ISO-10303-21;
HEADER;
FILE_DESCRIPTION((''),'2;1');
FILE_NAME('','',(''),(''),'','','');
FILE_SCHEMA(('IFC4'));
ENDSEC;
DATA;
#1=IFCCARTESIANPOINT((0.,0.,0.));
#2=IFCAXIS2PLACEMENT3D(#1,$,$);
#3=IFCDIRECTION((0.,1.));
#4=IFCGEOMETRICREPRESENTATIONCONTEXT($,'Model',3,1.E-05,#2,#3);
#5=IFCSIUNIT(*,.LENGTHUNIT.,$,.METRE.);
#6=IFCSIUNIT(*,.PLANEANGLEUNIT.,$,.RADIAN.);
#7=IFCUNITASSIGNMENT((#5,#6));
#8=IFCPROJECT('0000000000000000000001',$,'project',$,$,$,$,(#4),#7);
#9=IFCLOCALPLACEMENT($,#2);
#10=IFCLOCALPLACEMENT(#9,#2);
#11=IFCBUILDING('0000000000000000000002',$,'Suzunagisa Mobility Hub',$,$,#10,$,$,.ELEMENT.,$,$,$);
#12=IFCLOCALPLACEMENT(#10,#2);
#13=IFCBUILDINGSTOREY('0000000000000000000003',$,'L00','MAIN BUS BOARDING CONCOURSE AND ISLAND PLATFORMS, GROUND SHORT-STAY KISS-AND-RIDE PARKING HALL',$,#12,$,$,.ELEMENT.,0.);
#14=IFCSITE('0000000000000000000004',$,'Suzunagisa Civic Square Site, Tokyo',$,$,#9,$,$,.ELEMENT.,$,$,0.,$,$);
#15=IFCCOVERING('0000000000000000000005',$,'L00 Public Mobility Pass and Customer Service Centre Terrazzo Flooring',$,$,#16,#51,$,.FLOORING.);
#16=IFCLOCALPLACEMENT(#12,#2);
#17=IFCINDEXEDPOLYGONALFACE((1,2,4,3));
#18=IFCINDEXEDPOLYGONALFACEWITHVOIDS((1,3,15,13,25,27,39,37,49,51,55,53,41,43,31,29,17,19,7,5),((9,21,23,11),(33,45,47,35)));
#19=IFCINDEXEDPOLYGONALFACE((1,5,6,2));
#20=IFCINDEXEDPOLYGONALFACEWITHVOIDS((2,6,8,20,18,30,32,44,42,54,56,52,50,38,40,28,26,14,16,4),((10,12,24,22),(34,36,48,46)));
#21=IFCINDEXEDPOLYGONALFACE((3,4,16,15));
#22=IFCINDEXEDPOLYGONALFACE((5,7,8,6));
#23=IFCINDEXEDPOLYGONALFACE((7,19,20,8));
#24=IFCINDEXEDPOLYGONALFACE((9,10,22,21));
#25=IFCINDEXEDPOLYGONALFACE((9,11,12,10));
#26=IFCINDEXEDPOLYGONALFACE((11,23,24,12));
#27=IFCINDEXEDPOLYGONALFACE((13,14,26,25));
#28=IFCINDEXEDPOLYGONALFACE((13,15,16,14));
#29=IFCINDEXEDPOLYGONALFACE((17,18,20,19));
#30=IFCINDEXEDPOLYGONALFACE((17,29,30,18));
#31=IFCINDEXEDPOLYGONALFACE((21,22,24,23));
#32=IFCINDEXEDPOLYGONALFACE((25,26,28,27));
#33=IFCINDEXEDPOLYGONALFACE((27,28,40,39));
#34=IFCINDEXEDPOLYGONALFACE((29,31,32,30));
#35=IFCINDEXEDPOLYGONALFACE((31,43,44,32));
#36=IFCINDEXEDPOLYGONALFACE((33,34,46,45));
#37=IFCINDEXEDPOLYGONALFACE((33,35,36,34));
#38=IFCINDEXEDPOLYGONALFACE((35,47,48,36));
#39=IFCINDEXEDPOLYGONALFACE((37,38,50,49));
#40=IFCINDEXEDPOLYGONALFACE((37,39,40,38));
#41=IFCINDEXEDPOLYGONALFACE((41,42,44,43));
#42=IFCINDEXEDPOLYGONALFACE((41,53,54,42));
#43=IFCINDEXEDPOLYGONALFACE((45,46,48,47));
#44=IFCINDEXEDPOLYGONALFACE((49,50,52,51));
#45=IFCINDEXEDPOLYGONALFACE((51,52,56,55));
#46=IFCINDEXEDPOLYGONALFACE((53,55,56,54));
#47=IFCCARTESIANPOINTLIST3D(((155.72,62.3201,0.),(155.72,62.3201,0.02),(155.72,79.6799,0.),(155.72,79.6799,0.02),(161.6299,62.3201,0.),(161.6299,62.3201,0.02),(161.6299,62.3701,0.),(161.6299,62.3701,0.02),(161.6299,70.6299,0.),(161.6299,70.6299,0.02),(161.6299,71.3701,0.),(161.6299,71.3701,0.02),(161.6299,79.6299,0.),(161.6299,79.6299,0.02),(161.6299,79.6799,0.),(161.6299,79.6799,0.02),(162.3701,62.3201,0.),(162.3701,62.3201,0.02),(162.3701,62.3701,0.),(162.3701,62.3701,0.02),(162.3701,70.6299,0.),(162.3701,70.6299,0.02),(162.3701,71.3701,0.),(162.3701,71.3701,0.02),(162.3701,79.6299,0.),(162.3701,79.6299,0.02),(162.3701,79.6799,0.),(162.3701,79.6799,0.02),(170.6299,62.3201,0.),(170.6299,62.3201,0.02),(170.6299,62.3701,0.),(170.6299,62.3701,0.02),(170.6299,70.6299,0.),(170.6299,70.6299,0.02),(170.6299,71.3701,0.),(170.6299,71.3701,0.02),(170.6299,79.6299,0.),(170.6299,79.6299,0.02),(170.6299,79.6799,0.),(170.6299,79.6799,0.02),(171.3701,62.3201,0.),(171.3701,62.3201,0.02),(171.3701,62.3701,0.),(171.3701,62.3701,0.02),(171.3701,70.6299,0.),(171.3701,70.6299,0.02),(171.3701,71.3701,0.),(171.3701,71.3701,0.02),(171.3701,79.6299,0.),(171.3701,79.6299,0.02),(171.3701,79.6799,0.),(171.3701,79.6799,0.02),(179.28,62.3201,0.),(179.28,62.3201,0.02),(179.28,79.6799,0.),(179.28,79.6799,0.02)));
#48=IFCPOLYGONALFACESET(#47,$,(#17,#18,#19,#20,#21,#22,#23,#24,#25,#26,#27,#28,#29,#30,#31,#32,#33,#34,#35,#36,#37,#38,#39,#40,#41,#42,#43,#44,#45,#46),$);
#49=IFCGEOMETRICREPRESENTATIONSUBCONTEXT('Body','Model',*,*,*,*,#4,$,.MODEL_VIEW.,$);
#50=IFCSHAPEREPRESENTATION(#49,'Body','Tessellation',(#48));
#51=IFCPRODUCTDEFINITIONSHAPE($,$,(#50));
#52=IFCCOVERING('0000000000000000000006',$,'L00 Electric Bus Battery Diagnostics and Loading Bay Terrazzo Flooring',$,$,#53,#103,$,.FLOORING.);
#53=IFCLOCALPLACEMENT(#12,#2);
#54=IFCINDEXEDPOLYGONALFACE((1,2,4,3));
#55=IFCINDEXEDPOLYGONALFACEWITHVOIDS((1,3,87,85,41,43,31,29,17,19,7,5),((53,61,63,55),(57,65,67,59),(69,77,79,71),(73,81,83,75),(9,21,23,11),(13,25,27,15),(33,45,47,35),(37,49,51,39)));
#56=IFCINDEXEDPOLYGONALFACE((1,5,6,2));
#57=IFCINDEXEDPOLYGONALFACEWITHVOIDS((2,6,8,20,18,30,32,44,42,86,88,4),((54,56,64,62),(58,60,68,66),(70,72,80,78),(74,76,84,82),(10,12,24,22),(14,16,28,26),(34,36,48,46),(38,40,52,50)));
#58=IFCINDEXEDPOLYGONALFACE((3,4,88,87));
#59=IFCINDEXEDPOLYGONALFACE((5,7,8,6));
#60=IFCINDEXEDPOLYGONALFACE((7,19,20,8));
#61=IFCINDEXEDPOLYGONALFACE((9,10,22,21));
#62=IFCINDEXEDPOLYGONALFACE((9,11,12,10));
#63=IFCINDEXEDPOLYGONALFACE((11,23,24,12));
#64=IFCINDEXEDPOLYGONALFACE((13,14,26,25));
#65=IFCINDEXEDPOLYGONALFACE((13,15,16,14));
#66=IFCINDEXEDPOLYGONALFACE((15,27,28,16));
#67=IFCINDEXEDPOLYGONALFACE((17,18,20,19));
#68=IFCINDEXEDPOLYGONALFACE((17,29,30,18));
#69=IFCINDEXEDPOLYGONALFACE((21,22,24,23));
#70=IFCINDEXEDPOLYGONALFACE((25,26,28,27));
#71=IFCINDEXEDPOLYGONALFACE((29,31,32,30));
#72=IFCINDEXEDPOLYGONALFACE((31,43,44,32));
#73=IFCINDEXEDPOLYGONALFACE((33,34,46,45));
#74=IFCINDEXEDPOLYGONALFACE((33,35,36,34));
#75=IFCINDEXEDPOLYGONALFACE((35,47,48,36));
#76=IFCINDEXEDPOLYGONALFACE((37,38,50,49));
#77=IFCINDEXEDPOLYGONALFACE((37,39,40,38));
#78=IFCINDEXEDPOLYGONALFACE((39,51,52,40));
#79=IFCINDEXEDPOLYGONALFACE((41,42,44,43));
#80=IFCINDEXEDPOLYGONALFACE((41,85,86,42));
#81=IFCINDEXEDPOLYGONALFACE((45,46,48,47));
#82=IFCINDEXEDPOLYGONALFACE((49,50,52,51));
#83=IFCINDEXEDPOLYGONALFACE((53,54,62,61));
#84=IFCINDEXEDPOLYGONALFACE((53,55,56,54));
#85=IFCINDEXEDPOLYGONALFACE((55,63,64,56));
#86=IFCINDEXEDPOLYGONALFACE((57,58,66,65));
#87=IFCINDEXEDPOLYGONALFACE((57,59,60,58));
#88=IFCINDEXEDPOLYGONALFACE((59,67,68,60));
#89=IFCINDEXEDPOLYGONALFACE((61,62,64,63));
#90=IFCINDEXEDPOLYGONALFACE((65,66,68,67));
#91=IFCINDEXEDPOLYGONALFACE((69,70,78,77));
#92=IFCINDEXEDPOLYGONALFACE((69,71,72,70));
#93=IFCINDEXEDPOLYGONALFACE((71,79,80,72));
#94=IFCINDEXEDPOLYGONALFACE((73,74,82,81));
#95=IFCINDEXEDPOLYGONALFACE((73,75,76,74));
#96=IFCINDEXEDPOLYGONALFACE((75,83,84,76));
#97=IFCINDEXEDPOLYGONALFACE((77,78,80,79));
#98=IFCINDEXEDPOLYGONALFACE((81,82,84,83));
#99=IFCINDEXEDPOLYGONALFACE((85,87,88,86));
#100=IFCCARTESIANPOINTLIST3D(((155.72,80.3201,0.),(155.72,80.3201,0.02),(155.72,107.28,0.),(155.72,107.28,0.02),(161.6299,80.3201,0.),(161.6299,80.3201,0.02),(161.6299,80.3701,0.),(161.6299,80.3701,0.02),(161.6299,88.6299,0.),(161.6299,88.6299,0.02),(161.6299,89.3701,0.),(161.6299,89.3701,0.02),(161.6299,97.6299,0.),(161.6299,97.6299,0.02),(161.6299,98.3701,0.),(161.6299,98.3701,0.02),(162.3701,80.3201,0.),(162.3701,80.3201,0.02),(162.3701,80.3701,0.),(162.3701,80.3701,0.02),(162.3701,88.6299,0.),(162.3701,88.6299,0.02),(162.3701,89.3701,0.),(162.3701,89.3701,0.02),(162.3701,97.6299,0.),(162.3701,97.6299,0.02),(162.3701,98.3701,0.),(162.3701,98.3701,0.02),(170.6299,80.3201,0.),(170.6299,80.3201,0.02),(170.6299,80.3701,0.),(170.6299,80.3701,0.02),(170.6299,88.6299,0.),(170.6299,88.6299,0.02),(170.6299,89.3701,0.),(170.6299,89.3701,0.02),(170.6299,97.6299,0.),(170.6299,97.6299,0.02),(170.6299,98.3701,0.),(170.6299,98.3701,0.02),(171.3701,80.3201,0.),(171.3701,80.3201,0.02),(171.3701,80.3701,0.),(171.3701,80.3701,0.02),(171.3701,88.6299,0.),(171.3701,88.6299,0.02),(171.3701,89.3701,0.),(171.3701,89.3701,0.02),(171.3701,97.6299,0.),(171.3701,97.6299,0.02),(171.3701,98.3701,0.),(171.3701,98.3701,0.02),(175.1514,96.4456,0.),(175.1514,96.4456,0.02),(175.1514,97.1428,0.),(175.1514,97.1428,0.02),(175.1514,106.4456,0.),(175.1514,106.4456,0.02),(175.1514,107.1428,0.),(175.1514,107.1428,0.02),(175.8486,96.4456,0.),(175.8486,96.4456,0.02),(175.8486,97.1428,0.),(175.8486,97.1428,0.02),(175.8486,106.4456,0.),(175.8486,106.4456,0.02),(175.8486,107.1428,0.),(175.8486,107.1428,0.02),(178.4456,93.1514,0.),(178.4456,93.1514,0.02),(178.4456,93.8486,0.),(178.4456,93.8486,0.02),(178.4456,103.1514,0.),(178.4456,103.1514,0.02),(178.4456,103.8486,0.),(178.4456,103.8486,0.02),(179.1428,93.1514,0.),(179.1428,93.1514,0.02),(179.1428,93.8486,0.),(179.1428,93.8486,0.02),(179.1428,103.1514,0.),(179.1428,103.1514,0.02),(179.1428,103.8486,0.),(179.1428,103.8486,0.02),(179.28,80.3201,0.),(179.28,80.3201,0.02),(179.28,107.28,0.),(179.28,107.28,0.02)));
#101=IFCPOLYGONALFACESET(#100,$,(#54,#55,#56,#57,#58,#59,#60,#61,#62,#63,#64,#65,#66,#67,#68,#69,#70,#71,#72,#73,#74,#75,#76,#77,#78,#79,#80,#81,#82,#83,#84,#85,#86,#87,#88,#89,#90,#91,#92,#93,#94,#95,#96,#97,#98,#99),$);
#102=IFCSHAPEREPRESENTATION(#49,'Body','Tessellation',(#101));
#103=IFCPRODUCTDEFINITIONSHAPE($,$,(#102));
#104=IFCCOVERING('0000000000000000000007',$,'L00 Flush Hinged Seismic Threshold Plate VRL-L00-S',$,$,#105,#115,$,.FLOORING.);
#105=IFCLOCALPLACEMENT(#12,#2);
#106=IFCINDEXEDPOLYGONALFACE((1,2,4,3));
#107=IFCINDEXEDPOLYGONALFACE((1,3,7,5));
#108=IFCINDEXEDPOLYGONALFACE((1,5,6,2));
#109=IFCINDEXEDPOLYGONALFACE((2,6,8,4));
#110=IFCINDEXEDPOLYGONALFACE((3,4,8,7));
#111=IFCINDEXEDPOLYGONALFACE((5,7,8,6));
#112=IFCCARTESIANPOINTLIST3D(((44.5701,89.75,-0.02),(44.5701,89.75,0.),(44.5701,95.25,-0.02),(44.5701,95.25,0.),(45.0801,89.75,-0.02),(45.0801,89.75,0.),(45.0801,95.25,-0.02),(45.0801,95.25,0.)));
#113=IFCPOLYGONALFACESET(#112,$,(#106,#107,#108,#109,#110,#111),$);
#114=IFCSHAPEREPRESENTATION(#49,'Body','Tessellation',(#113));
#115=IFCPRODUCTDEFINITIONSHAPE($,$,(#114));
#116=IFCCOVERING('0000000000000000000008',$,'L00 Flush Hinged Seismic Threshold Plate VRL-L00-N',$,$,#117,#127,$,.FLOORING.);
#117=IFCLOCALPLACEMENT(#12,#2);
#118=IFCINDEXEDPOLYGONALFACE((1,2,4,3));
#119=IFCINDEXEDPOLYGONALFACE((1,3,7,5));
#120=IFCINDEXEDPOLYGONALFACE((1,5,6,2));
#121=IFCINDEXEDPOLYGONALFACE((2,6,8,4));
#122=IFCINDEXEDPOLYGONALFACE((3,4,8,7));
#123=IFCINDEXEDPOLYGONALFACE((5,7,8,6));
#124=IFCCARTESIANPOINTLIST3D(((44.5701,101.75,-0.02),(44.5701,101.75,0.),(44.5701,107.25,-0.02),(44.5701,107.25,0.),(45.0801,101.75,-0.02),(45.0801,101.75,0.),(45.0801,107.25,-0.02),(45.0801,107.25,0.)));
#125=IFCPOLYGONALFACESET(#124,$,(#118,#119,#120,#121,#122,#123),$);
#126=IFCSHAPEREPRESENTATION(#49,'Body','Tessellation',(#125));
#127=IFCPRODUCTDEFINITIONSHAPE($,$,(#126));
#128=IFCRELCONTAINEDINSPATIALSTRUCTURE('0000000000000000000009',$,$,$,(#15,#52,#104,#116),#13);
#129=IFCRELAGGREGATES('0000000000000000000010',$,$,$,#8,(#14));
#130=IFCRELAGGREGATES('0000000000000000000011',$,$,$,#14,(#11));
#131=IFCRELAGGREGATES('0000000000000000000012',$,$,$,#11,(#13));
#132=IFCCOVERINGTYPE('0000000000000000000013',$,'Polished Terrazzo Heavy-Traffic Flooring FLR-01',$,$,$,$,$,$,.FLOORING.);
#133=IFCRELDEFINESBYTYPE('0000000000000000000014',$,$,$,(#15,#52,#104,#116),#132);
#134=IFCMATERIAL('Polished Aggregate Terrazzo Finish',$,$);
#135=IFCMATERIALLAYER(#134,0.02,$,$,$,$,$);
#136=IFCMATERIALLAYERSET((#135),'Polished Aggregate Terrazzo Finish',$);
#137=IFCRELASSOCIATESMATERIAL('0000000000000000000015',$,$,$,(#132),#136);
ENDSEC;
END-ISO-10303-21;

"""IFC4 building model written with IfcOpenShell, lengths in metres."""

from ifc_helpers import new_model, si_unit, direction, frame, origin, place, context, subcontext, project, spatial, polyline, outline, extrude, material, layer, layer_set, type_object, element, save


model = new_model("IFC4")

# Units and contexts
model_context = context("Model", 3, precision=1e-05, world=origin(), true_north=direction((0.0, 1.0)))
body_context = subcontext(model_context, "Body", "Model", "MODEL_VIEW")
ifc_project = project(units=[si_unit("LENGTHUNIT", "METRE"), si_unit("PLANEANGLEUNIT", "RADIAN")], contexts=[model_context])

# Site, building, storey
site_placement = place(None, origin())
site = spatial("IfcSite", under=ifc_project, at=site_placement, Name="Suzunagisa Civic Square Site, Tokyo", CompositionType="ELEMENT", RefElevation=0.0)
building_placement = place(site_placement, origin())
building = spatial("IfcBuilding", under=site, at=building_placement, Name="Suzunagisa Mobility Hub", CompositionType="ELEMENT")
storey_placement = place(building_placement, origin())
storey = spatial("IfcBuildingStorey", under=building, at=storey_placement, Name="L00", Description="MAIN BUS BOARDING CONCOURSE AND ISLAND PLATFORMS, GROUND SHORT-STAY KISS-AND-RIDE PARKING HALL", CompositionType="ELEMENT", Elevation=0.0)

# Coverings
ifc_material_1 = material(Name="Polished Aggregate Terrazzo Finish")
ifc_layer_1 = layer(ifc_material_1, 0.02)
ifc_layer_set_1 = layer_set([ifc_layer_1], Name="Polished Aggregate Terrazzo Finish")
covering_type_1 = type_object("IfcCoveringType", Name="Polished Terrazzo Heavy-Traffic Flooring FLR-01", PredefinedType="FLOORING", material=ifc_layer_set_1)
covering_1_placement = place(storey_placement, origin())
element("IfcCovering", 1, at=covering_1_placement, inside=storey, type_object=covering_type_1, Name="L00 Public Mobility Pass and Customer Service Centre Terrazzo Flooring", PredefinedType="FLOORING", context=body_context, shape_type="SweptSolid", body=[
    extrude(outline(polyline([(155.72, 79.6799), (161.6299, 79.6799), (161.6299, 79.6299), (162.3701, 79.6299), (162.3701, 79.6799), (170.6299, 79.6799), (170.6299, 79.6299), (171.3701, 79.6299), (171.3701, 79.6799), (179.28, 79.6799), (179.28, 62.3201), (171.3701, 62.3201), (171.3701, 62.3701), (170.6299, 62.3701), (170.6299, 62.3201), (162.3701, 62.3201), (162.3701, 62.3701), (161.6299, 62.3701), (161.6299, 62.3201), (155.72, 62.3201), (155.72, 79.6799)]), holes=[polyline([(162.3701, 70.6299), (162.3701, 71.3701), (161.6299, 71.3701), (161.6299, 70.6299), (162.3701, 70.6299)]), polyline([(171.3701, 71.3701), (170.6299, 71.3701), (170.6299, 70.6299), (171.3701, 70.6299), (171.3701, 71.3701)])]), origin(), (0.0, 0.0, 1.0), 0.02),
])
covering_2_placement = place(storey_placement, origin())
element("IfcCovering", 2, at=covering_2_placement, inside=storey, type_object=covering_type_1, Name="L00 Electric Bus Battery Diagnostics and Loading Bay Terrazzo Flooring", PredefinedType="FLOORING", context=body_context, shape_type="SweptSolid", body=[
    extrude(outline(polyline([(171.3701, 80.3701), (170.6299, 80.3701), (170.6299, 80.3201), (162.3701, 80.3201), (162.3701, 80.3701), (161.6299, 80.3701), (161.6299, 80.3201), (155.72, 80.3201), (155.72, 107.28), (179.28, 107.28), (179.28, 80.3201), (171.3701, 80.3201), (171.3701, 80.3701)]), holes=[polyline([(162.3701, 88.6299), (162.3701, 89.3701), (161.6299, 89.3701), (161.6299, 88.6299), (162.3701, 88.6299)]), polyline([(161.6299, 97.6299), (162.3701, 97.6299), (162.3701, 98.3701), (161.6299, 98.3701), (161.6299, 97.6299)]), polyline([(171.3701, 89.3701), (170.6299, 89.3701), (170.6299, 88.6299), (171.3701, 88.6299), (171.3701, 89.3701)]), polyline([(171.3701, 97.6299), (171.3701, 98.3701), (170.6299, 98.3701), (170.6299, 97.6299), (171.3701, 97.6299)]), polyline([(175.1514, 96.4456), (175.8486, 96.4456), (175.8486, 97.1428), (175.1514, 97.1428), (175.1514, 96.4456)]), polyline([(175.1514, 107.1428), (175.1514, 106.4456), (175.8486, 106.4456), (175.8486, 107.1428), (175.1514, 107.1428)]), polyline([(179.1428, 93.8486), (178.4456, 93.8486), (178.4456, 93.1514), (179.1428, 93.1514), (179.1428, 93.8486)]), polyline([(179.1428, 103.1514), (179.1428, 103.8486), (178.4456, 103.8486), (178.4456, 103.1514), (179.1428, 103.1514)])]), origin(), (0.0, 0.0, 1.0), 0.02),
])
covering_3_placement = place(storey_placement, frame((0.0, 0.0, -0.02)))
element("IfcCovering", 3, at=covering_3_placement, inside=storey, type_object=covering_type_1, Name="L00 Flush Hinged Seismic Threshold Plate VRL-L00-S", PredefinedType="FLOORING", context=body_context, shape_type="SweptSolid", body=[
    extrude(outline(polyline([(44.5701, 89.75), (45.0801, 89.75), (45.0801, 95.25), (44.5701, 95.25), (44.5701, 89.75)])), origin(), (0.0, 0.0, 1.0), 0.02),
])
covering_4_placement = place(storey_placement, frame((0.0, 0.0, -0.02)))
element("IfcCovering", 4, at=covering_4_placement, inside=storey, type_object=covering_type_1, Name="L00 Flush Hinged Seismic Threshold Plate VRL-L00-N", PredefinedType="FLOORING", context=body_context, shape_type="SweptSolid", body=[
    extrude(outline(polyline([(44.5701, 101.75), (45.0801, 101.75), (45.0801, 107.25), (44.5701, 107.25), (44.5701, 101.75)])), origin(), (0.0, 0.0, 1.0), 0.02),
])

save(model, "model.ifc")
